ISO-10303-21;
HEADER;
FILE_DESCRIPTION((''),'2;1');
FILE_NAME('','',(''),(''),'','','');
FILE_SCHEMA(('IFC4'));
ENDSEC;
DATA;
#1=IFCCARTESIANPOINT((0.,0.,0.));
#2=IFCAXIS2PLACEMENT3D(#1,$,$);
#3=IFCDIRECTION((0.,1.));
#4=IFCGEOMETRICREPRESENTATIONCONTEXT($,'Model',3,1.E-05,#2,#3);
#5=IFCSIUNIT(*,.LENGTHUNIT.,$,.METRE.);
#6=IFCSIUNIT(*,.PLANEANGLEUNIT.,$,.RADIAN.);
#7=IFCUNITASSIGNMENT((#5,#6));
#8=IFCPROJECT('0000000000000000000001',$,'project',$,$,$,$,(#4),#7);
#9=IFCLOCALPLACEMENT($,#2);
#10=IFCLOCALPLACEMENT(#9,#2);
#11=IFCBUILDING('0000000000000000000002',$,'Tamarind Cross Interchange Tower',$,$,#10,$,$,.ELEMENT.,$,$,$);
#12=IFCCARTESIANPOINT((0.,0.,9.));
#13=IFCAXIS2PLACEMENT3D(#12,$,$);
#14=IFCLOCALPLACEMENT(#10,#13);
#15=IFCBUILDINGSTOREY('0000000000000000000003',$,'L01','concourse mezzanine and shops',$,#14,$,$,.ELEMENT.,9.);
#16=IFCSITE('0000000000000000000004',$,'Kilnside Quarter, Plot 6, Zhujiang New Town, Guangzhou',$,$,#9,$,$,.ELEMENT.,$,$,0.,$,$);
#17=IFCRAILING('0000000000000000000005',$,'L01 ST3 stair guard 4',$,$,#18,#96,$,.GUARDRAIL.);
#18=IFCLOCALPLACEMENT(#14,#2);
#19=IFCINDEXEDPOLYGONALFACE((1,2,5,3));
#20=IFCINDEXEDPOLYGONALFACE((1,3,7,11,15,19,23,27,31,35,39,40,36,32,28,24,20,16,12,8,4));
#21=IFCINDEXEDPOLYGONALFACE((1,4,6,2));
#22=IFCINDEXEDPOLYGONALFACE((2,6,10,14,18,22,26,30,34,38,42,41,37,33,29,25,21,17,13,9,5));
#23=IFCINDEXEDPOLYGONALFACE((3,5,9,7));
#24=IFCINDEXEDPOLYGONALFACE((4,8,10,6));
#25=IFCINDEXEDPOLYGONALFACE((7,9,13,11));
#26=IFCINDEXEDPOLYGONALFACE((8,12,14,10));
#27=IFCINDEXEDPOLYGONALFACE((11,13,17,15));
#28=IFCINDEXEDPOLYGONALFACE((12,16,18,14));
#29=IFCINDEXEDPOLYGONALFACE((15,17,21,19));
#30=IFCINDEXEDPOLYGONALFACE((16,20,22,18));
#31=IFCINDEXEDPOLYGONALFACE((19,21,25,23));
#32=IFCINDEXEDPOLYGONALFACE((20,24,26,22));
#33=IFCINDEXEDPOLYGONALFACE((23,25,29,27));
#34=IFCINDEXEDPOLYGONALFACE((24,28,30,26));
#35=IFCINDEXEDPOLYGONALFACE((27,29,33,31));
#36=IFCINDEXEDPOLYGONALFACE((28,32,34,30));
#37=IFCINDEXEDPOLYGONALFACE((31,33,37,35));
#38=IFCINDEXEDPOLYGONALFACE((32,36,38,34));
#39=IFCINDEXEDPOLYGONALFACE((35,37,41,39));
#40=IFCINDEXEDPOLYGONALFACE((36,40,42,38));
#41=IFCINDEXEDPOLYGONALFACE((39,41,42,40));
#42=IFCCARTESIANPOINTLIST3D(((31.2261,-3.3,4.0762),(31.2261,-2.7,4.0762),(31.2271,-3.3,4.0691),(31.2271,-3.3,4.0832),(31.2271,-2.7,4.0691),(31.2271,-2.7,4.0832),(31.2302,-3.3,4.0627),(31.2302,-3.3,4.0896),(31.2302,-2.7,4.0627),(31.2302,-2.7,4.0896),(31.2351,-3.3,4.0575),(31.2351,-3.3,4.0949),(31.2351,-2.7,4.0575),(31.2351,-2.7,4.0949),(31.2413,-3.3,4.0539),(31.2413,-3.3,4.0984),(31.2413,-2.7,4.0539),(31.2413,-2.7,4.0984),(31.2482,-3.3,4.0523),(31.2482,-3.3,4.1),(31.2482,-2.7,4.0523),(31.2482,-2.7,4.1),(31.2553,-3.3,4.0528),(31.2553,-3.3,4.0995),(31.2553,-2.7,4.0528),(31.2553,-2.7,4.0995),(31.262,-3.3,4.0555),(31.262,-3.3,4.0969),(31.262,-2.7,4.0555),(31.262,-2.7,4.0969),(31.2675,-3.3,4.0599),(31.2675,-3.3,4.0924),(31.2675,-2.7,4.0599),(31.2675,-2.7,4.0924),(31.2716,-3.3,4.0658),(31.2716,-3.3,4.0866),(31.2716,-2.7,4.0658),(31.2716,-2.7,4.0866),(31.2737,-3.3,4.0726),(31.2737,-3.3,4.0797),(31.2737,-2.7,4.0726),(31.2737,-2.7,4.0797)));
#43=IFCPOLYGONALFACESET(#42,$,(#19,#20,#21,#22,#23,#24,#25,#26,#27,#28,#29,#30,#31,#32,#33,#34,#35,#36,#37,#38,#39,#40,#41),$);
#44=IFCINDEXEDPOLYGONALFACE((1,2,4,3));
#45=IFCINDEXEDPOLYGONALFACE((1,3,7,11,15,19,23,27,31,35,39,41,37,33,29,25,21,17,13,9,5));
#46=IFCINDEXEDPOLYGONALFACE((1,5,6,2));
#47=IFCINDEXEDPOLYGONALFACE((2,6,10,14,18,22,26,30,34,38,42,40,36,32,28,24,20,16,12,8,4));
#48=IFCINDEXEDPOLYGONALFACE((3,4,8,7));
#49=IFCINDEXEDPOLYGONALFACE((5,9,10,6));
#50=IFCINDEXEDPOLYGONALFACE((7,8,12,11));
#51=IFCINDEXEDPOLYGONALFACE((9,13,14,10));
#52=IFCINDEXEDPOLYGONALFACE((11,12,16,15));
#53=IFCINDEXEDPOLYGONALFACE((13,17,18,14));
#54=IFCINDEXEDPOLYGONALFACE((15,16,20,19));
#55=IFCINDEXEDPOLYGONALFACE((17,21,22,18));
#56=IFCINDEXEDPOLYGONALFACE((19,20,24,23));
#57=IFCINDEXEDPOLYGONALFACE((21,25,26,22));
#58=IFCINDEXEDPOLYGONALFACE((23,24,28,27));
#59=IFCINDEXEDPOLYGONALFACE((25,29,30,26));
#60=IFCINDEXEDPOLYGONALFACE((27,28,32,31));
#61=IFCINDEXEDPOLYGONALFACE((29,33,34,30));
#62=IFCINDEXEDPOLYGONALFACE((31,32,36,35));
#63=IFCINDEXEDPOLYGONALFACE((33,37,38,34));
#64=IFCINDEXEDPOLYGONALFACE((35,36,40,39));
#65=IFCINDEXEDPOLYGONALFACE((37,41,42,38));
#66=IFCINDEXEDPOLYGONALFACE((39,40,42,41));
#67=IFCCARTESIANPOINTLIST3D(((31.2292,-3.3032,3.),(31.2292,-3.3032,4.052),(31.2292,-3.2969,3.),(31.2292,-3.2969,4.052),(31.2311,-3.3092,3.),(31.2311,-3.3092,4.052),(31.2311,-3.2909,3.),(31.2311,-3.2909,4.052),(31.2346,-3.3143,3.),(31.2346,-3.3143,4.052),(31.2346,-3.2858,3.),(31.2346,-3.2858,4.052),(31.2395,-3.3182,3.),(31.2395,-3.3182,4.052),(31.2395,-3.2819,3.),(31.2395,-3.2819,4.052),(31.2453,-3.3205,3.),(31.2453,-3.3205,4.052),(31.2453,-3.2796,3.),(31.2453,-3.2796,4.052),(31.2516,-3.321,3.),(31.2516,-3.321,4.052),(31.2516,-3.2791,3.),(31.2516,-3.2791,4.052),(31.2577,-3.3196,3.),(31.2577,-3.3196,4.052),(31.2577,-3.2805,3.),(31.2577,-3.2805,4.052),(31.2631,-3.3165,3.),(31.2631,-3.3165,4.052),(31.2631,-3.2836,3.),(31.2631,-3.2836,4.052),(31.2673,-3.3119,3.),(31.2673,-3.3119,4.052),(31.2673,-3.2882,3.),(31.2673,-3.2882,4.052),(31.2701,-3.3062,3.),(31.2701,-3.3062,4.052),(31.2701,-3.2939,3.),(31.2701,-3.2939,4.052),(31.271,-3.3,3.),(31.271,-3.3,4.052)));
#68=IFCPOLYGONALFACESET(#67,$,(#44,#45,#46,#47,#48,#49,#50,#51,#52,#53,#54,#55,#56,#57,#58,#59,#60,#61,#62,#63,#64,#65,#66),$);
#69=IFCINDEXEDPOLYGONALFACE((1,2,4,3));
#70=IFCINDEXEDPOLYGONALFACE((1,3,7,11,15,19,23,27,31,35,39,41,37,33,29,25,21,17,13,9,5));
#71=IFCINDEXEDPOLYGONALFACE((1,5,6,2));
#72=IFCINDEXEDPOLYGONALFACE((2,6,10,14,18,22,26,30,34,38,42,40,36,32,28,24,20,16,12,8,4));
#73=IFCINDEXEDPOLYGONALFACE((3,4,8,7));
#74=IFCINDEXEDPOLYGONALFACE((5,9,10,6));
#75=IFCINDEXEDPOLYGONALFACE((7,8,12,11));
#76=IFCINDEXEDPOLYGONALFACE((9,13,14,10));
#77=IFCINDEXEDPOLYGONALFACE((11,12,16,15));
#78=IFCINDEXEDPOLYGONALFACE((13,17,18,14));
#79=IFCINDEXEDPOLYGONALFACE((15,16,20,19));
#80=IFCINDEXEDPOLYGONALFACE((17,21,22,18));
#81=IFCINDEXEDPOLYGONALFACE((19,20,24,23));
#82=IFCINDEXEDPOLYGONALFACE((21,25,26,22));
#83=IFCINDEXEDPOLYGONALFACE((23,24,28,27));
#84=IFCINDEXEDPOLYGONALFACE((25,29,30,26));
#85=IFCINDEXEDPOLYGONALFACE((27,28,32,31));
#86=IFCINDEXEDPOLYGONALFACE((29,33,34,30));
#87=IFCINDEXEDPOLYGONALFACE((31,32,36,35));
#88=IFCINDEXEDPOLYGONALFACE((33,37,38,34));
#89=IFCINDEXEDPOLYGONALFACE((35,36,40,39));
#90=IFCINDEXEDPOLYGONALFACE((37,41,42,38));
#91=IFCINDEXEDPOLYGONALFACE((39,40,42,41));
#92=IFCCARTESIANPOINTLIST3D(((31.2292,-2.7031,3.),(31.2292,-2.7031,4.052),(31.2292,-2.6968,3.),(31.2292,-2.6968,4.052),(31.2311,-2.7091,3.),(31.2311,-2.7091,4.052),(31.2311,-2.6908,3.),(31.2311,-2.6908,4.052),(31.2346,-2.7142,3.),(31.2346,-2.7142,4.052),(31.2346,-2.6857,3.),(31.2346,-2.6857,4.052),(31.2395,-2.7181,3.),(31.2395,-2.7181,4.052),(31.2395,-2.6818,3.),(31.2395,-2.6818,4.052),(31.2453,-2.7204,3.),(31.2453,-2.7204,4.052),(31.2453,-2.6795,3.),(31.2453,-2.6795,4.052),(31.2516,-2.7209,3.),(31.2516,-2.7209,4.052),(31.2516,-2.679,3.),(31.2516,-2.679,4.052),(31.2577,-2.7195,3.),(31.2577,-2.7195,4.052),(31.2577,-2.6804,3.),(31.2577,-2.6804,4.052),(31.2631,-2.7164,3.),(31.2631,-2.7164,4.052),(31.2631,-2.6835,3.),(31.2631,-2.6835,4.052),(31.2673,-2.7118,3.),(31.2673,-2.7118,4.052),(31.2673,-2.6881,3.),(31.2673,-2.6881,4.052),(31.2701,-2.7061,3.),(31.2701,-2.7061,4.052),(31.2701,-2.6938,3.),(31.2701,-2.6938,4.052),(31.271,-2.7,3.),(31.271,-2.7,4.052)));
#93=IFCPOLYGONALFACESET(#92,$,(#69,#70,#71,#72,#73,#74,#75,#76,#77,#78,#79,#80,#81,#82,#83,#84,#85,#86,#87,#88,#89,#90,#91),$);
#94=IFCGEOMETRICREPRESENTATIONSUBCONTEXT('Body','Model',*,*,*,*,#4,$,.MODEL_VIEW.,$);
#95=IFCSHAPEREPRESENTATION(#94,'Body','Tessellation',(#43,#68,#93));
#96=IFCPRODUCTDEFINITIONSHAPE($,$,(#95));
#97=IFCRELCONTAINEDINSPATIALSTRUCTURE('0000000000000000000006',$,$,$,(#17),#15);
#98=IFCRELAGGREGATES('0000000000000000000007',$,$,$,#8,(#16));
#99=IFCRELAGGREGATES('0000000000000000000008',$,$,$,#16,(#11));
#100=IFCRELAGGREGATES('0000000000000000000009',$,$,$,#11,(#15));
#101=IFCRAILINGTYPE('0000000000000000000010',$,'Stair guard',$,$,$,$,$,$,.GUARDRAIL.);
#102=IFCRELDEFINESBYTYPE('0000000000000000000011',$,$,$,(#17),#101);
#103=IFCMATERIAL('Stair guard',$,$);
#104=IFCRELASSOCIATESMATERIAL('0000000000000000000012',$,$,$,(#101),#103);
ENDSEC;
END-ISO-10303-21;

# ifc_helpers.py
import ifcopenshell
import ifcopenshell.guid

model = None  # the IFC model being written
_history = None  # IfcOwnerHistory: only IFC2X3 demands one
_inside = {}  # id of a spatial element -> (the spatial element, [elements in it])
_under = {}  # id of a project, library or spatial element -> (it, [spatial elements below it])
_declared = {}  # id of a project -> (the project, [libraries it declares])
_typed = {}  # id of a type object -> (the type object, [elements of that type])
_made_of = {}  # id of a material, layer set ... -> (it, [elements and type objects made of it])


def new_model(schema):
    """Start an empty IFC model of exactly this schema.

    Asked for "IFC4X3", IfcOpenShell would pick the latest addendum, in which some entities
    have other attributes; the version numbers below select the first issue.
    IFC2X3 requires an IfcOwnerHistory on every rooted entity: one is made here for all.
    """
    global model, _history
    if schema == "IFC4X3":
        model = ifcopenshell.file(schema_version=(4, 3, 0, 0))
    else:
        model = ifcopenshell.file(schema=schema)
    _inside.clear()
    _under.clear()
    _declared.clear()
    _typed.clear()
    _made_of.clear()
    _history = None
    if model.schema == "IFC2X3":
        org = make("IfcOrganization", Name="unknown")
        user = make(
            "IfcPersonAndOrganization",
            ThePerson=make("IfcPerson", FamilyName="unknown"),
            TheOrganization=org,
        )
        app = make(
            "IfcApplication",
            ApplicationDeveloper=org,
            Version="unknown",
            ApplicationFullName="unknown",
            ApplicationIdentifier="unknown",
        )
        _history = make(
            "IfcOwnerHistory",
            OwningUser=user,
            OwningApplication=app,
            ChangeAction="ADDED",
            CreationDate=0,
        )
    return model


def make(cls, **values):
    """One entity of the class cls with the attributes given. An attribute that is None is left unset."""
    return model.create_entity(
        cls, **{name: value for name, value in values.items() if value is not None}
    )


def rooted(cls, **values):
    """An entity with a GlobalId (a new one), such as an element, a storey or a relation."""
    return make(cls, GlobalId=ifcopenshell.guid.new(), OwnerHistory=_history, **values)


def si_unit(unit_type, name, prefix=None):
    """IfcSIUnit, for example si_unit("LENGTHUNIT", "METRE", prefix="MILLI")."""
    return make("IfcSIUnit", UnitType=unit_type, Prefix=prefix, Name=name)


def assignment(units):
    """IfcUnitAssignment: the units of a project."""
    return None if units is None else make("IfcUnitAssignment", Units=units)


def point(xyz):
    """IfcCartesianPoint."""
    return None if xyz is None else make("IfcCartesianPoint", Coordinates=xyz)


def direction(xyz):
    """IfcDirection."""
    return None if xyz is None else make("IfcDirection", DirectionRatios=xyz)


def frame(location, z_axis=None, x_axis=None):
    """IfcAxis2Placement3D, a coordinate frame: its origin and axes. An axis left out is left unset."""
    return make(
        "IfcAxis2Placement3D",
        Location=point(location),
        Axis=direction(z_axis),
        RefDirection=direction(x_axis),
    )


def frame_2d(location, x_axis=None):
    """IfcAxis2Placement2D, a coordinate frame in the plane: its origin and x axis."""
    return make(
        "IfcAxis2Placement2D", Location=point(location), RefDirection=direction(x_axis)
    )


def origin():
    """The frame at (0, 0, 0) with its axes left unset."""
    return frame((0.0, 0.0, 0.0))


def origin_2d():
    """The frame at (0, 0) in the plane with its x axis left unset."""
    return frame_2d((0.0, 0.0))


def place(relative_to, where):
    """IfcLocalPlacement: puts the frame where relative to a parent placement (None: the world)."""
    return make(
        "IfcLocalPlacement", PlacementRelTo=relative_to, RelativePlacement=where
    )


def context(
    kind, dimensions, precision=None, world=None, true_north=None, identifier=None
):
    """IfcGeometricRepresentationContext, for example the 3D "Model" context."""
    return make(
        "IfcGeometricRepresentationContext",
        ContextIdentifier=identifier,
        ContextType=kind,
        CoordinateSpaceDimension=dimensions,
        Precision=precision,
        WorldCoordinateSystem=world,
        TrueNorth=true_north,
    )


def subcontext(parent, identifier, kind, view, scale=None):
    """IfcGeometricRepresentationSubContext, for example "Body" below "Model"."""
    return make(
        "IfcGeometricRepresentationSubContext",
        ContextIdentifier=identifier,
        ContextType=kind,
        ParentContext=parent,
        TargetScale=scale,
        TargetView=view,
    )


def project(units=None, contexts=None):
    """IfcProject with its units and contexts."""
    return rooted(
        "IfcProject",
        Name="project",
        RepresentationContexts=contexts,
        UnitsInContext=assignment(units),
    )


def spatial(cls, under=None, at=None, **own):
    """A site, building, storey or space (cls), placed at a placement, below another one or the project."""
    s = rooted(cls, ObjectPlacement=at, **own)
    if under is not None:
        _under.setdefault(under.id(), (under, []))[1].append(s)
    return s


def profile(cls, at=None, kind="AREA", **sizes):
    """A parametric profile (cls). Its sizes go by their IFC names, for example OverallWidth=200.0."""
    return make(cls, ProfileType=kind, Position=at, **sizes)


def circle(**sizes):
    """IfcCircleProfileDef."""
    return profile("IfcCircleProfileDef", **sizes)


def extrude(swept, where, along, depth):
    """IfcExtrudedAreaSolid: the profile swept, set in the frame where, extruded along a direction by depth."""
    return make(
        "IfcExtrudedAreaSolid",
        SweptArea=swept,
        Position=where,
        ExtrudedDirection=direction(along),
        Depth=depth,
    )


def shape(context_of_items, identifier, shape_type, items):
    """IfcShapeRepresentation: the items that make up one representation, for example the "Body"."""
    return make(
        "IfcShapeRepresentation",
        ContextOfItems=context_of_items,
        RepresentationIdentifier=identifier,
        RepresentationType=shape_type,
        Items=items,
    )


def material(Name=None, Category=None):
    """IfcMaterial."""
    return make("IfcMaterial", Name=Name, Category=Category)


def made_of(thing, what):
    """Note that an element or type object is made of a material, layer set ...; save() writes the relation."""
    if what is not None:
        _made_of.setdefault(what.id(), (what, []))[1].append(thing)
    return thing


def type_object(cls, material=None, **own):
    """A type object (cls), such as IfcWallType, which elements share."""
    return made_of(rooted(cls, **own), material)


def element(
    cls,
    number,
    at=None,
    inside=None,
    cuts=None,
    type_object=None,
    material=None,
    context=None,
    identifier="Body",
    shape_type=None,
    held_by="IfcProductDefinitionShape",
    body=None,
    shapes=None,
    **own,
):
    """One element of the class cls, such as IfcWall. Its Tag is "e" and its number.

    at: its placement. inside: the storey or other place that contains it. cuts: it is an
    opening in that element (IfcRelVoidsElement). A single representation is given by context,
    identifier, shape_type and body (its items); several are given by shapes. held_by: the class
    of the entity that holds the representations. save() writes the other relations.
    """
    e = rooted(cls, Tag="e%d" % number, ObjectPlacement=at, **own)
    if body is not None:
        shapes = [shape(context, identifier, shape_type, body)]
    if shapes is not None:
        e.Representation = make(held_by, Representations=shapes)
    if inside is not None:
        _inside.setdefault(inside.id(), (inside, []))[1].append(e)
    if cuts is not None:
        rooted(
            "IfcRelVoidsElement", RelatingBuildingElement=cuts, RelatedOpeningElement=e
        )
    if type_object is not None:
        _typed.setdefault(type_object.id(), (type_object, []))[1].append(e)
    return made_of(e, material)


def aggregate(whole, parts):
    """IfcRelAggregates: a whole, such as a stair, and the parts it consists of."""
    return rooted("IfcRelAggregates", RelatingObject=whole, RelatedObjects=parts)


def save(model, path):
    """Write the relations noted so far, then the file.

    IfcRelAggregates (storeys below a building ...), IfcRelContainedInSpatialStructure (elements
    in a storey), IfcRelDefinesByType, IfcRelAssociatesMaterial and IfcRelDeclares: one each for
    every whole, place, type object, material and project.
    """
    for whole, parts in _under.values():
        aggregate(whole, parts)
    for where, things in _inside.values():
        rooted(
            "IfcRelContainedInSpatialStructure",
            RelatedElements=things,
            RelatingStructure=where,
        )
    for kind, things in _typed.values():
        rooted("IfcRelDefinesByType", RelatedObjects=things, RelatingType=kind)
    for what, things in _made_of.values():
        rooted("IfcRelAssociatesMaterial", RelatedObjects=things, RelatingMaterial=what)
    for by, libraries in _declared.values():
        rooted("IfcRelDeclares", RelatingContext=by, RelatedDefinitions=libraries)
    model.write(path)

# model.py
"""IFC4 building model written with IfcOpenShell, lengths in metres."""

from ifc_helpers import new_model, si_unit, direction, frame, origin, origin_2d, place, context, subcontext, project, spatial, circle, extrude, material, type_object, element, save


model = new_model("IFC4")

# Units and contexts
model_context = context("Model", 3, precision=1e-05, world=origin(), true_north=direction((0.0, 1.0)))
body_context = subcontext(model_context, "Body", "Model", "MODEL_VIEW")
ifc_project = project(units=[si_unit("LENGTHUNIT", "METRE"), si_unit("PLANEANGLEUNIT", "RADIAN")], contexts=[model_context])

# Site, building, storey
site_placement = place(None, origin())
site = spatial("IfcSite", under=ifc_project, at=site_placement, Name="Kilnside Quarter, Plot 6, Zhujiang New Town, Guangzhou", CompositionType="ELEMENT", RefElevation=0.0)
building_placement = place(site_placement, origin())
building = spatial("IfcBuilding", under=site, at=building_placement, Name="Tamarind Cross Interchange Tower", CompositionType="ELEMENT")
storey_placement = place(building_placement, frame((0.0, 0.0, 9.0)))
storey = spatial("IfcBuildingStorey", under=building, at=storey_placement, Name="L01", Description="concourse mezzanine and shops", CompositionType="ELEMENT", Elevation=9.0)

# Railing
ifc_material_1 = material(Name="Stair guard")
railing_type_1 = type_object("IfcRailingType", Name="Stair guard", PredefinedType="GUARDRAIL", material=ifc_material_1)
railing_1_placement = place(storey_placement, frame((31.25, -3.3, 3.0)))
element("IfcRailing", 1, at=railing_1_placement, inside=storey, type_object=railing_type_1, Name="L01 ST3 stair guard 4", PredefinedType="GUARDRAIL", context=body_context, shape_type="SweptSolid", body=[
    extrude(circle(Radius=0.0239, at=origin_2d()), frame((0.0, 0.0, 1.0762), z_axis=(0.0, 1.0, 0.0), x_axis=(-1.0, 0.0, 0.0)), (0.0, 0.0, 1.0), 0.6001),
    extrude(circle(Radius=0.021, at=origin_2d()), origin(), (0.0, 0.0, 1.0), 1.052),
    extrude(circle(Radius=0.021, at=origin_2d()), frame((0.0, 0.6001, 0.0)), (0.0, 0.0, 1.0), 1.052),
])

save(model, "model.ifc")
